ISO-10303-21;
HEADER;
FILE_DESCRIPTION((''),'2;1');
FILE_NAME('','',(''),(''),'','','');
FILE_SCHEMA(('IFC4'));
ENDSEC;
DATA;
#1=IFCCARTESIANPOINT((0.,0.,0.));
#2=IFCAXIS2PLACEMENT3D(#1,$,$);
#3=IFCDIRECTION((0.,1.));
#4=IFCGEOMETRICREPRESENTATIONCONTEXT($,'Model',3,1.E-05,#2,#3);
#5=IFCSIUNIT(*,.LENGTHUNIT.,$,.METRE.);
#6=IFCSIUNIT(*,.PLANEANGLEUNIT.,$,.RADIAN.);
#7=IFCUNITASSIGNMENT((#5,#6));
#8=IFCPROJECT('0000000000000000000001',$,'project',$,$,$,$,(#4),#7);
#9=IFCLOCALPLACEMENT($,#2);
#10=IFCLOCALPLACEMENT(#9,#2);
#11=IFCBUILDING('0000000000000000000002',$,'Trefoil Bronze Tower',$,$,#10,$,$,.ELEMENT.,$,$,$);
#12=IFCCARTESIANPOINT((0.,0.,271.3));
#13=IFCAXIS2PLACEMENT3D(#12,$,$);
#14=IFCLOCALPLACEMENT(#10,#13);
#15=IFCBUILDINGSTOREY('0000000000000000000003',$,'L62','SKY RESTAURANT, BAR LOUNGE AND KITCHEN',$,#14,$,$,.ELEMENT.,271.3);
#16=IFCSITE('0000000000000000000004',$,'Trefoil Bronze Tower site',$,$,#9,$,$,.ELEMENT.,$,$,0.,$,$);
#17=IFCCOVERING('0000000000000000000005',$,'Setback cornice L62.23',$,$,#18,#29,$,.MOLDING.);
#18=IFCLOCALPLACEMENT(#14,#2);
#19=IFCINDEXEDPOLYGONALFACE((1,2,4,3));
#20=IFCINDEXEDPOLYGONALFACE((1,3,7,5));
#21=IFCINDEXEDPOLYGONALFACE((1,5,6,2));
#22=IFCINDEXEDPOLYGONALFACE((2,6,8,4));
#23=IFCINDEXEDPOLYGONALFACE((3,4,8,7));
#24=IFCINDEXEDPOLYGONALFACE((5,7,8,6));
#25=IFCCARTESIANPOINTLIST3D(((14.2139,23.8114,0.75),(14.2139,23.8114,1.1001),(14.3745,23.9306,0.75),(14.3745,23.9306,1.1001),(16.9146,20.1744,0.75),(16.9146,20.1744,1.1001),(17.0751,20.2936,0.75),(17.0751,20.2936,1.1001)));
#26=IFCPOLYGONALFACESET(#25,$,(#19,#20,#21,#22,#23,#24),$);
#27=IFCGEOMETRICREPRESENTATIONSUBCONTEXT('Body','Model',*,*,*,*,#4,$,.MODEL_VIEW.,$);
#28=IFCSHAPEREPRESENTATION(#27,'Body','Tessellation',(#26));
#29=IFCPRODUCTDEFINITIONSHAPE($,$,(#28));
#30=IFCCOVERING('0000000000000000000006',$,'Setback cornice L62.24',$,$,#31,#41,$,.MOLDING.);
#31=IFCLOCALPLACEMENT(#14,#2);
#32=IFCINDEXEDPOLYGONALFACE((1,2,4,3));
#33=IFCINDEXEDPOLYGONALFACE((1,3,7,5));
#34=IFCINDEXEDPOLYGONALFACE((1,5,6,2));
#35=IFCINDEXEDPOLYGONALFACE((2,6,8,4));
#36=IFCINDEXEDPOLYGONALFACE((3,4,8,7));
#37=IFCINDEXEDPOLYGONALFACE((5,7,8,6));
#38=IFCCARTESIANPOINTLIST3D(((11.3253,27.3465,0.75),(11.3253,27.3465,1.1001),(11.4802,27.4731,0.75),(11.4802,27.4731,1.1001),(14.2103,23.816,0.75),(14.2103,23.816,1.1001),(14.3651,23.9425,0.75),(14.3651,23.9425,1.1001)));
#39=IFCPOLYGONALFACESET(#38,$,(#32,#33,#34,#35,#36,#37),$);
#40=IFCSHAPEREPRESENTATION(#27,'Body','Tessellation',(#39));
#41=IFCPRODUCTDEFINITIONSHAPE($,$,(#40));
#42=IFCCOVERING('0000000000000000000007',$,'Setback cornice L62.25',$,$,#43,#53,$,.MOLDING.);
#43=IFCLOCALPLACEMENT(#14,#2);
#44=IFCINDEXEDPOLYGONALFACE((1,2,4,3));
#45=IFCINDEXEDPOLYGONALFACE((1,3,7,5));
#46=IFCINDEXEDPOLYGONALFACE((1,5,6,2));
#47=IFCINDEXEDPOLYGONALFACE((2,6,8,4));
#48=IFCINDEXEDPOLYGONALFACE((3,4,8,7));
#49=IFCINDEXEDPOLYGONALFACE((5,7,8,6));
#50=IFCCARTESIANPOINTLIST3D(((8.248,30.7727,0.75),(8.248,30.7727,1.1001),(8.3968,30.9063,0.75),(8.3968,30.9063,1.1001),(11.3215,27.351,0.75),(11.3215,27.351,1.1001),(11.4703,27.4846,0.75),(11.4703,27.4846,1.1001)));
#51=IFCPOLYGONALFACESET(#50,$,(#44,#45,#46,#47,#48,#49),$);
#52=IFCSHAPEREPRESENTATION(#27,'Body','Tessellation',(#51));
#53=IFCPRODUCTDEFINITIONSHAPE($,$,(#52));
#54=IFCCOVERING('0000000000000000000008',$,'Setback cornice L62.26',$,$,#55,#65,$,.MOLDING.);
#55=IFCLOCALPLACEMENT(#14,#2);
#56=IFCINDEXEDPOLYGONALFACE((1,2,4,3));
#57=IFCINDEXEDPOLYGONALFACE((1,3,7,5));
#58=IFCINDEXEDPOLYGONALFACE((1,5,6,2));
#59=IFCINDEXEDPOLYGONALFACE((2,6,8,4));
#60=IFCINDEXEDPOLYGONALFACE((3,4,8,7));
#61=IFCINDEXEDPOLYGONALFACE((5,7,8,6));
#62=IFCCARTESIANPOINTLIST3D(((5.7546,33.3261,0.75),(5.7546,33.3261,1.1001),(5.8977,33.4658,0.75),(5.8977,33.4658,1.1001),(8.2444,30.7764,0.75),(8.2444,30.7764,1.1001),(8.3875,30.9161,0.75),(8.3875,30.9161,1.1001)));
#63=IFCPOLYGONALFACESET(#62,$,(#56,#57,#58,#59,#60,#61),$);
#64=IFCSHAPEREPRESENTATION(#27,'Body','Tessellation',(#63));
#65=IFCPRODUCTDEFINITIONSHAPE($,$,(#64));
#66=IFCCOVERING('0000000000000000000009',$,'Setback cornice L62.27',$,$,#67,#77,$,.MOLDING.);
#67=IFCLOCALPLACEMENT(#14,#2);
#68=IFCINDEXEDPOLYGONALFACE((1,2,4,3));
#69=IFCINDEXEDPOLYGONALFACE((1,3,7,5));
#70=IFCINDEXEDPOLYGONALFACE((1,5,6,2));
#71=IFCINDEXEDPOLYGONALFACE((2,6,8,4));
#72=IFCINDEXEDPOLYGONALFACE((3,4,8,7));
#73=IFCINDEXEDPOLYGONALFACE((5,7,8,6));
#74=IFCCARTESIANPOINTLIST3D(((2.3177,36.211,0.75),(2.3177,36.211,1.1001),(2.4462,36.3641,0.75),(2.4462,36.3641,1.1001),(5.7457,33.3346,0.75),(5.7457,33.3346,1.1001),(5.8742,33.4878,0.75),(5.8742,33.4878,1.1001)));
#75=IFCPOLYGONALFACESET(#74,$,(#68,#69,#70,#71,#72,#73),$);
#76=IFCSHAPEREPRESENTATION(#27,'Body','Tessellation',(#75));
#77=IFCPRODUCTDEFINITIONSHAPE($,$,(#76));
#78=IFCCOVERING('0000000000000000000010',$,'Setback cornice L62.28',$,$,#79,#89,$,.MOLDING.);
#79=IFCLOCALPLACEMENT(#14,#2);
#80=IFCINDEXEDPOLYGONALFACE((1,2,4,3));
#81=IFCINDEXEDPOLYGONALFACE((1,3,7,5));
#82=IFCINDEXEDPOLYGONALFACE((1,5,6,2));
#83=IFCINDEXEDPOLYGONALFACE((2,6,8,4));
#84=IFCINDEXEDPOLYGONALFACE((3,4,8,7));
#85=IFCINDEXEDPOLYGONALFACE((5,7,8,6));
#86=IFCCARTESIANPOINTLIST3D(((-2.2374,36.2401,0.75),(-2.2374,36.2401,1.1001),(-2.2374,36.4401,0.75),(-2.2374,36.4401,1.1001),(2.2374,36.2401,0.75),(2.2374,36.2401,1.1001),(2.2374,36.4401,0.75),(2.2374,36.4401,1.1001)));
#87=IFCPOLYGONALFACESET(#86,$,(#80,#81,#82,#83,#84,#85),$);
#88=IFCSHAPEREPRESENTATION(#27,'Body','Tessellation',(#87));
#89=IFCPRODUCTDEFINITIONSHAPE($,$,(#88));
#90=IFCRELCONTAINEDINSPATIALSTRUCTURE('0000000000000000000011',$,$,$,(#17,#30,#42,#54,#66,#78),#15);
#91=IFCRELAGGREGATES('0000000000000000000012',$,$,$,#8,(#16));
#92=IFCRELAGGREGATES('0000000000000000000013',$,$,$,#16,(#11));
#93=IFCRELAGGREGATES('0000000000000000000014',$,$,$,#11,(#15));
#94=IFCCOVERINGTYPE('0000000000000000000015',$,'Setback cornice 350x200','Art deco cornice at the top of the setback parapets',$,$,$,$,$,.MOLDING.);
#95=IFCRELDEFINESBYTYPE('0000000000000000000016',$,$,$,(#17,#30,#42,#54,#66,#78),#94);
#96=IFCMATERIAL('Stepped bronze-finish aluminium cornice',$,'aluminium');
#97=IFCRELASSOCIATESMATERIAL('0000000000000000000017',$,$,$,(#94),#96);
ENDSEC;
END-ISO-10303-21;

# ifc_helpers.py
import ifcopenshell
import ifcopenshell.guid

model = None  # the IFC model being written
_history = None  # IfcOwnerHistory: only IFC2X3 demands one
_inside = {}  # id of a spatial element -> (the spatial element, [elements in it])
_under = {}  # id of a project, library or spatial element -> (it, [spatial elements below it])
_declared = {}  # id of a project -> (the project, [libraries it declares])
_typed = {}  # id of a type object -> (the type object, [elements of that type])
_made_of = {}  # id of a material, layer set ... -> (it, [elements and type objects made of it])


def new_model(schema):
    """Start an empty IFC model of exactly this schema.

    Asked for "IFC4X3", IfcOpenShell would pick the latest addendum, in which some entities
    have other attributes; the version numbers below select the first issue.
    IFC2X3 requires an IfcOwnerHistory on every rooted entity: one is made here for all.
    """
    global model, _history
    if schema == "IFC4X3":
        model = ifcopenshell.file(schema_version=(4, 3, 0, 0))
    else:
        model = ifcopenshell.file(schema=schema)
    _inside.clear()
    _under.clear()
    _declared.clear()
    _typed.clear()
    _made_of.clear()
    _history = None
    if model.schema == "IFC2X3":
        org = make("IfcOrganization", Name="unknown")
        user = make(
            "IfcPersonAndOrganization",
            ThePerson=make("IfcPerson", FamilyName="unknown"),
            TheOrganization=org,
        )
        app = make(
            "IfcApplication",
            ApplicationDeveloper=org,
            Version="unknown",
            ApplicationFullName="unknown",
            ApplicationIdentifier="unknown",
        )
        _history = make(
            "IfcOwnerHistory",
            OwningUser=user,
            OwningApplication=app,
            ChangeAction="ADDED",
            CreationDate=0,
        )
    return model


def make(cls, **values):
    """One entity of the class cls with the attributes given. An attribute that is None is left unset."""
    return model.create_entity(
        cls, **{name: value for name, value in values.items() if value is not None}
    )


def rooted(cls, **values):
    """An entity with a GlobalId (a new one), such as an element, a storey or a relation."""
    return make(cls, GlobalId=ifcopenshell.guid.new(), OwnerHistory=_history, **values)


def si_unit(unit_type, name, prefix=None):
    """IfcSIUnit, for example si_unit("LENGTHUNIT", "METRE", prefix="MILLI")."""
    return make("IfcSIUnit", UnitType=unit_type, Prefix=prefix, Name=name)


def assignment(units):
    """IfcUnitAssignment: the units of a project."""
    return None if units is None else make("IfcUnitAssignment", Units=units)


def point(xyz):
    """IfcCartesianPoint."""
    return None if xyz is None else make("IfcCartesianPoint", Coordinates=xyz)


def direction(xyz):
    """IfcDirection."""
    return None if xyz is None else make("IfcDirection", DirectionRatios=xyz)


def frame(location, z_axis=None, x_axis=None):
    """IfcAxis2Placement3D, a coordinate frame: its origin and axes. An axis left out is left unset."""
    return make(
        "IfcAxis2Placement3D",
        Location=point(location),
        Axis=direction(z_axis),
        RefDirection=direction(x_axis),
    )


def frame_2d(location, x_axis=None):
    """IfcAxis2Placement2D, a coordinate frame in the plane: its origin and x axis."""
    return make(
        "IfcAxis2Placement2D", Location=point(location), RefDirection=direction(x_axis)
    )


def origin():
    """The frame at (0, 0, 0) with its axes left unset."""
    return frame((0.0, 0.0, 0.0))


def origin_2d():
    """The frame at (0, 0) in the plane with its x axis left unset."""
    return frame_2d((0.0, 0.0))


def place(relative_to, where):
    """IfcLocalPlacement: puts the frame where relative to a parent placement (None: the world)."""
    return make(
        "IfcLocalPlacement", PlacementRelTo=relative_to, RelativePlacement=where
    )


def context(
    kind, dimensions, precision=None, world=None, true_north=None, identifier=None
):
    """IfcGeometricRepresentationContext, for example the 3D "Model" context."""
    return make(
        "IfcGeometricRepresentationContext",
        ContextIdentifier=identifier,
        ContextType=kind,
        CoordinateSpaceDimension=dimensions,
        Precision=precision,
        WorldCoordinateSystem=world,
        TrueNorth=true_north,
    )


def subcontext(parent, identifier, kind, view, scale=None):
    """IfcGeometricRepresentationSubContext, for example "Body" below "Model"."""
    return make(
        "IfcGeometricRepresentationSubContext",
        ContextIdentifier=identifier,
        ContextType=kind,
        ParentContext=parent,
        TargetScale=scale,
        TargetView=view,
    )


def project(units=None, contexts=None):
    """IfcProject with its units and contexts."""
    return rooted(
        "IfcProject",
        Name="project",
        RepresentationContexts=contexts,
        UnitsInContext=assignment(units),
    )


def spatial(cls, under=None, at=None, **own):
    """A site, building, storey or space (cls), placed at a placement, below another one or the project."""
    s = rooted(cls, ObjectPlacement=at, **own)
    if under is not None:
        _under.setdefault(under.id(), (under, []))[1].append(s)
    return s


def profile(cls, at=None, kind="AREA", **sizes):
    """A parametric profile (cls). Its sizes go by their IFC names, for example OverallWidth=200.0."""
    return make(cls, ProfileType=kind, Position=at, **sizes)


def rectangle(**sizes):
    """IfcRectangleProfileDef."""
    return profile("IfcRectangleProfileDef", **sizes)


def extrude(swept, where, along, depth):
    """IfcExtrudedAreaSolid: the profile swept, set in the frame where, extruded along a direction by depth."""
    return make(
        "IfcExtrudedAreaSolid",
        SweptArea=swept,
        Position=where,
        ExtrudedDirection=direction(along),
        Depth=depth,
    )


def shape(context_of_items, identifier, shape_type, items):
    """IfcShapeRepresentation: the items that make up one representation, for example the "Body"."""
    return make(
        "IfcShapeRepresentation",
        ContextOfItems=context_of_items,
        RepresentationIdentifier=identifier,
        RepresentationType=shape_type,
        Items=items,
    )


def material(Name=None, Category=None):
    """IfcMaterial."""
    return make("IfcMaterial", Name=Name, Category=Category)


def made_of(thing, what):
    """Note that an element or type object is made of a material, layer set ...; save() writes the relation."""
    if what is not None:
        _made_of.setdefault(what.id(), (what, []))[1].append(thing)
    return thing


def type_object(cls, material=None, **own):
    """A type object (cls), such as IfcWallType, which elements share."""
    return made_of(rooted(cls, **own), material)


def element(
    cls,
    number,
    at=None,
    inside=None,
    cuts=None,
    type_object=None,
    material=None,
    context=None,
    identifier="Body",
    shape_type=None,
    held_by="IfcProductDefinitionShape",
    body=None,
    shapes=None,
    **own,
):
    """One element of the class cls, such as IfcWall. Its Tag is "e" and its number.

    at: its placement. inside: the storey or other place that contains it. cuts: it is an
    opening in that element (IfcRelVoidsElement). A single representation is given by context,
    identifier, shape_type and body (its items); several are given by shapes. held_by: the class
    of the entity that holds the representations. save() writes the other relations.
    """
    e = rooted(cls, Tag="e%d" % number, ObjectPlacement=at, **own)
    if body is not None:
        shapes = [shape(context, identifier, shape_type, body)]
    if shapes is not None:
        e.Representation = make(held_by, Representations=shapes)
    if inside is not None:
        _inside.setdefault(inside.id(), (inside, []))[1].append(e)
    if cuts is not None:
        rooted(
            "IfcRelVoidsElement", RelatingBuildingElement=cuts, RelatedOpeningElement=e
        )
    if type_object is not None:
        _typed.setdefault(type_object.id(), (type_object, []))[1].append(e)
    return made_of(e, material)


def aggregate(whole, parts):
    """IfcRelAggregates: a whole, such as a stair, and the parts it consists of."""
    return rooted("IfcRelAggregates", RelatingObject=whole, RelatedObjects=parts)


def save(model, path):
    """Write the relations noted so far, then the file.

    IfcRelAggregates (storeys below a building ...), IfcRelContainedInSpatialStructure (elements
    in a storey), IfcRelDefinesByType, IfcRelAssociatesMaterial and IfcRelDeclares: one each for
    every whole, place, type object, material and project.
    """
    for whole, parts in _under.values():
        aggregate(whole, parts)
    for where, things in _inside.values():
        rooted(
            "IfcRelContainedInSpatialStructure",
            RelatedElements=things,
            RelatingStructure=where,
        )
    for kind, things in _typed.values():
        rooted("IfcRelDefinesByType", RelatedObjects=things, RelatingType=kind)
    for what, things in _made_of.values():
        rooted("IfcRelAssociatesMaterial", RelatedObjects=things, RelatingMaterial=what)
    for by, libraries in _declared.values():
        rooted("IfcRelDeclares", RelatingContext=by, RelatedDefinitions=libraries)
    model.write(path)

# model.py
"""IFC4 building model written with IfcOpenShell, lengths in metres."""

from ifc_helpers import new_model, si_unit, direction, frame, origin, origin_2d, place, context, subcontext, project, spatial, rectangle, extrude, material, type_object, element, save


model = new_model("IFC4")

# Units and contexts
model_context = context("Model", 3, precision=1e-05, world=origin(), true_north=direction((0.0, 1.0)))
body_context = subcontext(model_context, "Body", "Model", "MODEL_VIEW")
ifc_project = project(units=[si_unit("LENGTHUNIT", "METRE"), si_unit("PLANEANGLEUNIT", "RADIAN")], contexts=[model_context])

# Site, building, storey
site_placement = place(None, origin())
site = spatial("IfcSite", under=ifc_project, at=site_placement, Name="Trefoil Bronze Tower site", CompositionType="ELEMENT", RefElevation=0.0)
building_placement = place(site_placement, origin())
building = spatial("IfcBuilding", under=site, at=building_placement, Name="Trefoil Bronze Tower", CompositionType="ELEMENT")
storey_placement = place(building_placement, frame((0.0, 0.0, 271.3)))
storey = spatial("IfcBuildingStorey", under=building, at=storey_placement, Name="L62", Description="SKY RESTAURANT, BAR LOUNGE AND KITCHEN", CompositionType="ELEMENT", Elevation=271.3)

# Coverings
ifc_material_1 = material(Name="Stepped bronze-finish aluminium cornice", Category="aluminium")
covering_type = type_object("IfcCoveringType", Name="Setback cornice 350x200", Description="Art deco cornice at the top of the setback parapets", PredefinedType="MOLDING", material=ifc_material_1)
covering_1_placement = place(storey_placement, frame((15.6445, 22.0525, 0.75), z_axis=(0.0, 0.0, 1.0), x_axis=(-0.596162, 0.802865, 0.0)))
element("IfcCovering", 1, at=covering_1_placement, inside=storey, type_object=covering_type, Name="Setback cornice L62.23", PredefinedType="MOLDING", context=body_context, shape_type="SweptSolid", body=[
    extrude(rectangle(XDim=4.53, YDim=0.2, at=origin_2d()), origin(), (0.0, 0.0, 1.0), 0.3501),
])
covering_2_placement = place(storey_placement, frame((12.8452, 25.6445, 0.75), z_axis=(0.0, 0.0, 1.0), x_axis=(-0.632753, 0.774354, 0.0)))
element("IfcCovering", 2, at=covering_2_placement, inside=storey, type_object=covering_type, Name="Setback cornice L62.24", PredefinedType="MOLDING", context=body_context, shape_type="SweptSolid", body=[
    extrude(rectangle(XDim=4.5593, YDim=0.2, at=origin_2d()), origin(), (0.0, 0.0, 1.0), 0.3501),
])
covering_3_placement = place(storey_placement, frame((9.8591, 29.1287, 0.75), z_axis=(0.0, 0.0, 1.0), x_axis=(-0.668246, 0.743941, 0.0)))
element("IfcCovering", 3, at=covering_3_placement, inside=storey, type_object=covering_type, Name="Setback cornice L62.25", PredefinedType="MOLDING", context=body_context, shape_type="SweptSolid", body=[
    extrude(rectangle(XDim=4.5994, YDim=0.2, at=origin_2d()), origin(), (0.0, 0.0, 1.0), 0.3501),
])
covering_4_placement = place(storey_placement, frame((7.071, 32.1211, 0.75), z_axis=(0.0, 0.0, 1.0), x_axis=(-0.698652, 0.715462, 0.0)))
element("IfcCovering", 4, at=covering_4_placement, inside=storey, type_object=covering_type, Name="Setback cornice L62.26", PredefinedType="MOLDING", context=body_context, shape_type="SweptSolid", body=[
    extrude(rectangle(XDim=3.5637, YDim=0.2, at=origin_2d()), origin(), (0.0, 0.0, 1.0), 0.3501),
])
for number, where, z_axis, x_axis, name in (
    (5, (4.0959, 34.8494, 0.75), (0.0, 0.0, 1.0), (-0.766044, 0.642788, 0.0), "Setback cornice L62.27"),
    (6, (0.0, 36.3401, 0.75), (0.0, 0.0, 1.0), (-1.0, 0.0, 0.0), "Setback cornice L62.28"),
):
    element("IfcCovering", number, at=place(storey_placement, frame(where, z_axis=z_axis, x_axis=x_axis)), inside=storey, type_object=covering_type, Name=name, PredefinedType="MOLDING", context=body_context, shape_type="SweptSolid", body=[
        extrude(rectangle(XDim=4.4749, YDim=0.2, at=origin_2d()), origin(), (0.0, 0.0, 1.0), 0.3501),
    ])

save(model, "model.ifc")
